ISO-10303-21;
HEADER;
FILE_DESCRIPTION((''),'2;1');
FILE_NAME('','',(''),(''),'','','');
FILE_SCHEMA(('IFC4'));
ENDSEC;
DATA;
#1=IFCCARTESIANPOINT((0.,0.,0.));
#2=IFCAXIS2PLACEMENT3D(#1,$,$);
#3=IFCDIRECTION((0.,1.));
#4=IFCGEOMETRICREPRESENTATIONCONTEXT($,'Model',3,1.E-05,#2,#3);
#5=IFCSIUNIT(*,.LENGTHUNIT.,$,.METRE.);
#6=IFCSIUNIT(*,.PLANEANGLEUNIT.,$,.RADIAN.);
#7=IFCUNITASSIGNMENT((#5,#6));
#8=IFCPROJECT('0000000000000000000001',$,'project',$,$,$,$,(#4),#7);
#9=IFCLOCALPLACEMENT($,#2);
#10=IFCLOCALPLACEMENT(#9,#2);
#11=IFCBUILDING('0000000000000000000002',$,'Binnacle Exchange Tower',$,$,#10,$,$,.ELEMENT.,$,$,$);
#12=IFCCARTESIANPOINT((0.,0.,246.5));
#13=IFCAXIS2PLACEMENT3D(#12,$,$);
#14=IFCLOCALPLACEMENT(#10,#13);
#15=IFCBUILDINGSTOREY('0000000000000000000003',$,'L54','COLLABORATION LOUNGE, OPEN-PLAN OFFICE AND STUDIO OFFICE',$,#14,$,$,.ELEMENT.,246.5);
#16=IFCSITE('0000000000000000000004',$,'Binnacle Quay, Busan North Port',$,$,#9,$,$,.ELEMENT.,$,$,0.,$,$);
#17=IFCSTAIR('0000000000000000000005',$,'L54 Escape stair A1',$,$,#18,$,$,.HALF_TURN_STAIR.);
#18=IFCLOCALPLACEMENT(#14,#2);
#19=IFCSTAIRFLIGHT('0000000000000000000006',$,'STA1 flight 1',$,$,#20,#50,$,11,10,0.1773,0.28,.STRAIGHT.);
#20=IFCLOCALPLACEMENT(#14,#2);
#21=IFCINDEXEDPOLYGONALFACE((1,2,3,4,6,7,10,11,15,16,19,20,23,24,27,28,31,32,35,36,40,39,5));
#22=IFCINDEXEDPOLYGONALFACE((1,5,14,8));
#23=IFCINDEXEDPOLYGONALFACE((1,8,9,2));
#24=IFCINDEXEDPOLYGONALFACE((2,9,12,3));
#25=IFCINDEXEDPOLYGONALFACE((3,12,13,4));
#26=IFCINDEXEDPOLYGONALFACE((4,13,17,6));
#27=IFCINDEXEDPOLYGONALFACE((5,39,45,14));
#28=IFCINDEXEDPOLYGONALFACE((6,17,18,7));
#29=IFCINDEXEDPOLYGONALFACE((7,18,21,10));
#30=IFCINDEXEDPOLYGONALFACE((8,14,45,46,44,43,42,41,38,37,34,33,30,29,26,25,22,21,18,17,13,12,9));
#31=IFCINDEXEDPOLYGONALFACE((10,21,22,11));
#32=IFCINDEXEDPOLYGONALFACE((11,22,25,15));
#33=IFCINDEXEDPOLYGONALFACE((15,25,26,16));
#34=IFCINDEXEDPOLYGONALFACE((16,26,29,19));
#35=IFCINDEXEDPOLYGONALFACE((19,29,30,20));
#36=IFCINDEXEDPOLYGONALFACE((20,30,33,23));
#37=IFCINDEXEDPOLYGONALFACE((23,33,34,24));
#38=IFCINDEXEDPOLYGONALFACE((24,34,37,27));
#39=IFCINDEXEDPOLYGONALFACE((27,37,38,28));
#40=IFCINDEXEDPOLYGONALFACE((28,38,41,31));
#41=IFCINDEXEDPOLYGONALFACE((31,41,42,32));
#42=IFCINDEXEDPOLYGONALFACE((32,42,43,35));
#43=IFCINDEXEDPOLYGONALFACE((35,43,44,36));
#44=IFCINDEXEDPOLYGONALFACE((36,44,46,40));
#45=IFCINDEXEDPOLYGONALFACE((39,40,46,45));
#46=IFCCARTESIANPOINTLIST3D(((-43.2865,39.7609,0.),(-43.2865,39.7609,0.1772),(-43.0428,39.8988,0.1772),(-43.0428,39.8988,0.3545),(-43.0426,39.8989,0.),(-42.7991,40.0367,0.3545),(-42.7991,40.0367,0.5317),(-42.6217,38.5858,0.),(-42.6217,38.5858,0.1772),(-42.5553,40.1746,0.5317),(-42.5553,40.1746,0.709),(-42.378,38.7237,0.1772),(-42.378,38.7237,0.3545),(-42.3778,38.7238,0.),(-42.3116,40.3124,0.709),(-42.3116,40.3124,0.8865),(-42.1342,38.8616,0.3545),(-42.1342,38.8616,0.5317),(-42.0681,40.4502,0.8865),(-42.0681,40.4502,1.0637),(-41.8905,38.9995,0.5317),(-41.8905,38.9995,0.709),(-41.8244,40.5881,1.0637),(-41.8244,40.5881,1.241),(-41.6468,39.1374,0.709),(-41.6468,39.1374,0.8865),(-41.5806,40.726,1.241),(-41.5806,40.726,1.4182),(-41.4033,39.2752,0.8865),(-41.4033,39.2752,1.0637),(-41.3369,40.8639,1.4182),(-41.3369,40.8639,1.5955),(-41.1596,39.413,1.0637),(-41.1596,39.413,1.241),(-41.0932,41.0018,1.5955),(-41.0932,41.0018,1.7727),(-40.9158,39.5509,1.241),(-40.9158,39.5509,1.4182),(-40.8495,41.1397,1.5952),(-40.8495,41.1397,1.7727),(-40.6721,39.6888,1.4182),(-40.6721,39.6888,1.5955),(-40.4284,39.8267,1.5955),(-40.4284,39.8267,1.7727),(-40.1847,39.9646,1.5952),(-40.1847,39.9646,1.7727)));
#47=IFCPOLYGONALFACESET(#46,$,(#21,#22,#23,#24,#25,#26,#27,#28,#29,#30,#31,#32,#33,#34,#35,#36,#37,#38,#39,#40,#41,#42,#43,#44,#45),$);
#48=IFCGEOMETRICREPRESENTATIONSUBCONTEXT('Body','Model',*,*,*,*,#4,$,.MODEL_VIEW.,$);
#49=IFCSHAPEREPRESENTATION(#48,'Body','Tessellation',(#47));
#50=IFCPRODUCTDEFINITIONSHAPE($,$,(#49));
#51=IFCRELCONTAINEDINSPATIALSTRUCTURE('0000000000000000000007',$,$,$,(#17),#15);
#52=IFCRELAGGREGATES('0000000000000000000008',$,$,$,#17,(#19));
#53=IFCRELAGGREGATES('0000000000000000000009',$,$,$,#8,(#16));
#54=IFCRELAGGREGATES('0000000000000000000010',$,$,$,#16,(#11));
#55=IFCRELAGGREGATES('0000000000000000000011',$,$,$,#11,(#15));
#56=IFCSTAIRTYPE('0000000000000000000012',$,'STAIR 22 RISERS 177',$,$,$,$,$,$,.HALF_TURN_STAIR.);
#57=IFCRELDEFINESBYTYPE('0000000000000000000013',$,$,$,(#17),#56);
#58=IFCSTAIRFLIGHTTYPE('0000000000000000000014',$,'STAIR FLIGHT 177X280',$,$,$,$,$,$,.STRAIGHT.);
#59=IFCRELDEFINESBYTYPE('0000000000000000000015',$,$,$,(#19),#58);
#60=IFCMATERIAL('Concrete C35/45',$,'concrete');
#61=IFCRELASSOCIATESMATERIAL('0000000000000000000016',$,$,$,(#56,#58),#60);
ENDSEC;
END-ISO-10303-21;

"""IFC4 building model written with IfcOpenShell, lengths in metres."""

from ifc_helpers import new_model, si_unit, direction, frame, origin, place, context, subcontext, project, spatial, polyline, outline, extrude, material, type_object, element, aggregate, save


model = new_model("IFC4")

# Units and contexts
model_context = context("Model", 3, precision=1e-05, world=origin(), true_north=direction((0.0, 1.0)))
body_context = subcontext(model_context, "Body", "Model", "MODEL_VIEW")
ifc_project = project(units=[si_unit("LENGTHUNIT", "METRE"), si_unit("PLANEANGLEUNIT", "RADIAN")], contexts=[model_context])

# Site, building, storey
site_placement = place(None, origin())
site = spatial("IfcSite", under=ifc_project, at=site_placement, Name="Binnacle Quay, Busan North Port", CompositionType="ELEMENT", RefElevation=0.0)
building_placement = place(site_placement, origin())
building = spatial("IfcBuilding", under=site, at=building_placement, Name="Binnacle Exchange Tower", CompositionType="ELEMENT")
storey_placement = place(building_placement, frame((0.0, 0.0, 246.5)))
storey = spatial("IfcBuildingStorey", under=building, at=storey_placement, Name="L54", Description="COLLABORATION LOUNGE, OPEN-PLAN OFFICE AND STUDIO OFFICE", CompositionType="ELEMENT", Elevation=246.5)

# Stair, stair flight
ifc_material_1 = material(Name="Concrete C35/45", Category="concrete")
stair_type = type_object("IfcStairType", Name="STAIR 22 RISERS 177", PredefinedType="HALF_TURN_STAIR", material=ifc_material_1)
stair_placement = place(storey_placement, origin())
stair = element("IfcStair", 1, at=stair_placement, inside=storey, type_object=stair_type, Name="L54 Escape stair A1", PredefinedType="HALF_TURN_STAIR")
stair_flight_type = type_object("IfcStairFlightType", Name="STAIR FLIGHT 177X280", PredefinedType="STRAIGHT", material=ifc_material_1)
stair_flight_placement = place(storey_placement, frame((-42.9541, 39.1733, 0.0), z_axis=(0.0, 0.0, 1.0), x_axis=(0.870356, 0.492424, 0.0)))
stair_flight = element("IfcStairFlight", 2, at=stair_flight_placement, type_object=stair_flight_type, Name="STA1 flight 1", NumberOfRisers=11, NumberOfTreads=10, PredefinedType="STRAIGHT", RiserHeight=0.1773, TreadLength=0.28, context=body_context, shape_type="SweptSolid", body=[
    extrude(outline(polyline([(0.0, 0.0), (0.0, 0.1772), (0.28, 0.1772), (0.28, 0.3545), (0.5601, 0.3545), (0.5601, 0.5317), (0.8401, 0.5317), (0.8401, 0.709), (1.1201, 0.709), (1.1201, 0.8865), (1.3999, 0.8865), (1.3999, 1.0637), (1.6799, 1.0637), (1.6799, 1.241), (1.96, 1.241), (1.96, 1.4182), (2.24, 1.4182), (2.24, 1.5955), (2.52, 1.5955), (2.52, 1.7727), (2.8, 1.7727), (2.8, 1.95), (2.8, 1.5952), (0.2803, 0.0), (0.0, 0.0)])), frame((0.0, 0.675, 0.0), z_axis=(0.0, -1.0, 0.0), x_axis=(1.0, 0.0, 0.0)), (0.0, 0.0, 1.0), 1.3501),
])
aggregate(stair, [stair_flight])

save(model, "model.ifc")
